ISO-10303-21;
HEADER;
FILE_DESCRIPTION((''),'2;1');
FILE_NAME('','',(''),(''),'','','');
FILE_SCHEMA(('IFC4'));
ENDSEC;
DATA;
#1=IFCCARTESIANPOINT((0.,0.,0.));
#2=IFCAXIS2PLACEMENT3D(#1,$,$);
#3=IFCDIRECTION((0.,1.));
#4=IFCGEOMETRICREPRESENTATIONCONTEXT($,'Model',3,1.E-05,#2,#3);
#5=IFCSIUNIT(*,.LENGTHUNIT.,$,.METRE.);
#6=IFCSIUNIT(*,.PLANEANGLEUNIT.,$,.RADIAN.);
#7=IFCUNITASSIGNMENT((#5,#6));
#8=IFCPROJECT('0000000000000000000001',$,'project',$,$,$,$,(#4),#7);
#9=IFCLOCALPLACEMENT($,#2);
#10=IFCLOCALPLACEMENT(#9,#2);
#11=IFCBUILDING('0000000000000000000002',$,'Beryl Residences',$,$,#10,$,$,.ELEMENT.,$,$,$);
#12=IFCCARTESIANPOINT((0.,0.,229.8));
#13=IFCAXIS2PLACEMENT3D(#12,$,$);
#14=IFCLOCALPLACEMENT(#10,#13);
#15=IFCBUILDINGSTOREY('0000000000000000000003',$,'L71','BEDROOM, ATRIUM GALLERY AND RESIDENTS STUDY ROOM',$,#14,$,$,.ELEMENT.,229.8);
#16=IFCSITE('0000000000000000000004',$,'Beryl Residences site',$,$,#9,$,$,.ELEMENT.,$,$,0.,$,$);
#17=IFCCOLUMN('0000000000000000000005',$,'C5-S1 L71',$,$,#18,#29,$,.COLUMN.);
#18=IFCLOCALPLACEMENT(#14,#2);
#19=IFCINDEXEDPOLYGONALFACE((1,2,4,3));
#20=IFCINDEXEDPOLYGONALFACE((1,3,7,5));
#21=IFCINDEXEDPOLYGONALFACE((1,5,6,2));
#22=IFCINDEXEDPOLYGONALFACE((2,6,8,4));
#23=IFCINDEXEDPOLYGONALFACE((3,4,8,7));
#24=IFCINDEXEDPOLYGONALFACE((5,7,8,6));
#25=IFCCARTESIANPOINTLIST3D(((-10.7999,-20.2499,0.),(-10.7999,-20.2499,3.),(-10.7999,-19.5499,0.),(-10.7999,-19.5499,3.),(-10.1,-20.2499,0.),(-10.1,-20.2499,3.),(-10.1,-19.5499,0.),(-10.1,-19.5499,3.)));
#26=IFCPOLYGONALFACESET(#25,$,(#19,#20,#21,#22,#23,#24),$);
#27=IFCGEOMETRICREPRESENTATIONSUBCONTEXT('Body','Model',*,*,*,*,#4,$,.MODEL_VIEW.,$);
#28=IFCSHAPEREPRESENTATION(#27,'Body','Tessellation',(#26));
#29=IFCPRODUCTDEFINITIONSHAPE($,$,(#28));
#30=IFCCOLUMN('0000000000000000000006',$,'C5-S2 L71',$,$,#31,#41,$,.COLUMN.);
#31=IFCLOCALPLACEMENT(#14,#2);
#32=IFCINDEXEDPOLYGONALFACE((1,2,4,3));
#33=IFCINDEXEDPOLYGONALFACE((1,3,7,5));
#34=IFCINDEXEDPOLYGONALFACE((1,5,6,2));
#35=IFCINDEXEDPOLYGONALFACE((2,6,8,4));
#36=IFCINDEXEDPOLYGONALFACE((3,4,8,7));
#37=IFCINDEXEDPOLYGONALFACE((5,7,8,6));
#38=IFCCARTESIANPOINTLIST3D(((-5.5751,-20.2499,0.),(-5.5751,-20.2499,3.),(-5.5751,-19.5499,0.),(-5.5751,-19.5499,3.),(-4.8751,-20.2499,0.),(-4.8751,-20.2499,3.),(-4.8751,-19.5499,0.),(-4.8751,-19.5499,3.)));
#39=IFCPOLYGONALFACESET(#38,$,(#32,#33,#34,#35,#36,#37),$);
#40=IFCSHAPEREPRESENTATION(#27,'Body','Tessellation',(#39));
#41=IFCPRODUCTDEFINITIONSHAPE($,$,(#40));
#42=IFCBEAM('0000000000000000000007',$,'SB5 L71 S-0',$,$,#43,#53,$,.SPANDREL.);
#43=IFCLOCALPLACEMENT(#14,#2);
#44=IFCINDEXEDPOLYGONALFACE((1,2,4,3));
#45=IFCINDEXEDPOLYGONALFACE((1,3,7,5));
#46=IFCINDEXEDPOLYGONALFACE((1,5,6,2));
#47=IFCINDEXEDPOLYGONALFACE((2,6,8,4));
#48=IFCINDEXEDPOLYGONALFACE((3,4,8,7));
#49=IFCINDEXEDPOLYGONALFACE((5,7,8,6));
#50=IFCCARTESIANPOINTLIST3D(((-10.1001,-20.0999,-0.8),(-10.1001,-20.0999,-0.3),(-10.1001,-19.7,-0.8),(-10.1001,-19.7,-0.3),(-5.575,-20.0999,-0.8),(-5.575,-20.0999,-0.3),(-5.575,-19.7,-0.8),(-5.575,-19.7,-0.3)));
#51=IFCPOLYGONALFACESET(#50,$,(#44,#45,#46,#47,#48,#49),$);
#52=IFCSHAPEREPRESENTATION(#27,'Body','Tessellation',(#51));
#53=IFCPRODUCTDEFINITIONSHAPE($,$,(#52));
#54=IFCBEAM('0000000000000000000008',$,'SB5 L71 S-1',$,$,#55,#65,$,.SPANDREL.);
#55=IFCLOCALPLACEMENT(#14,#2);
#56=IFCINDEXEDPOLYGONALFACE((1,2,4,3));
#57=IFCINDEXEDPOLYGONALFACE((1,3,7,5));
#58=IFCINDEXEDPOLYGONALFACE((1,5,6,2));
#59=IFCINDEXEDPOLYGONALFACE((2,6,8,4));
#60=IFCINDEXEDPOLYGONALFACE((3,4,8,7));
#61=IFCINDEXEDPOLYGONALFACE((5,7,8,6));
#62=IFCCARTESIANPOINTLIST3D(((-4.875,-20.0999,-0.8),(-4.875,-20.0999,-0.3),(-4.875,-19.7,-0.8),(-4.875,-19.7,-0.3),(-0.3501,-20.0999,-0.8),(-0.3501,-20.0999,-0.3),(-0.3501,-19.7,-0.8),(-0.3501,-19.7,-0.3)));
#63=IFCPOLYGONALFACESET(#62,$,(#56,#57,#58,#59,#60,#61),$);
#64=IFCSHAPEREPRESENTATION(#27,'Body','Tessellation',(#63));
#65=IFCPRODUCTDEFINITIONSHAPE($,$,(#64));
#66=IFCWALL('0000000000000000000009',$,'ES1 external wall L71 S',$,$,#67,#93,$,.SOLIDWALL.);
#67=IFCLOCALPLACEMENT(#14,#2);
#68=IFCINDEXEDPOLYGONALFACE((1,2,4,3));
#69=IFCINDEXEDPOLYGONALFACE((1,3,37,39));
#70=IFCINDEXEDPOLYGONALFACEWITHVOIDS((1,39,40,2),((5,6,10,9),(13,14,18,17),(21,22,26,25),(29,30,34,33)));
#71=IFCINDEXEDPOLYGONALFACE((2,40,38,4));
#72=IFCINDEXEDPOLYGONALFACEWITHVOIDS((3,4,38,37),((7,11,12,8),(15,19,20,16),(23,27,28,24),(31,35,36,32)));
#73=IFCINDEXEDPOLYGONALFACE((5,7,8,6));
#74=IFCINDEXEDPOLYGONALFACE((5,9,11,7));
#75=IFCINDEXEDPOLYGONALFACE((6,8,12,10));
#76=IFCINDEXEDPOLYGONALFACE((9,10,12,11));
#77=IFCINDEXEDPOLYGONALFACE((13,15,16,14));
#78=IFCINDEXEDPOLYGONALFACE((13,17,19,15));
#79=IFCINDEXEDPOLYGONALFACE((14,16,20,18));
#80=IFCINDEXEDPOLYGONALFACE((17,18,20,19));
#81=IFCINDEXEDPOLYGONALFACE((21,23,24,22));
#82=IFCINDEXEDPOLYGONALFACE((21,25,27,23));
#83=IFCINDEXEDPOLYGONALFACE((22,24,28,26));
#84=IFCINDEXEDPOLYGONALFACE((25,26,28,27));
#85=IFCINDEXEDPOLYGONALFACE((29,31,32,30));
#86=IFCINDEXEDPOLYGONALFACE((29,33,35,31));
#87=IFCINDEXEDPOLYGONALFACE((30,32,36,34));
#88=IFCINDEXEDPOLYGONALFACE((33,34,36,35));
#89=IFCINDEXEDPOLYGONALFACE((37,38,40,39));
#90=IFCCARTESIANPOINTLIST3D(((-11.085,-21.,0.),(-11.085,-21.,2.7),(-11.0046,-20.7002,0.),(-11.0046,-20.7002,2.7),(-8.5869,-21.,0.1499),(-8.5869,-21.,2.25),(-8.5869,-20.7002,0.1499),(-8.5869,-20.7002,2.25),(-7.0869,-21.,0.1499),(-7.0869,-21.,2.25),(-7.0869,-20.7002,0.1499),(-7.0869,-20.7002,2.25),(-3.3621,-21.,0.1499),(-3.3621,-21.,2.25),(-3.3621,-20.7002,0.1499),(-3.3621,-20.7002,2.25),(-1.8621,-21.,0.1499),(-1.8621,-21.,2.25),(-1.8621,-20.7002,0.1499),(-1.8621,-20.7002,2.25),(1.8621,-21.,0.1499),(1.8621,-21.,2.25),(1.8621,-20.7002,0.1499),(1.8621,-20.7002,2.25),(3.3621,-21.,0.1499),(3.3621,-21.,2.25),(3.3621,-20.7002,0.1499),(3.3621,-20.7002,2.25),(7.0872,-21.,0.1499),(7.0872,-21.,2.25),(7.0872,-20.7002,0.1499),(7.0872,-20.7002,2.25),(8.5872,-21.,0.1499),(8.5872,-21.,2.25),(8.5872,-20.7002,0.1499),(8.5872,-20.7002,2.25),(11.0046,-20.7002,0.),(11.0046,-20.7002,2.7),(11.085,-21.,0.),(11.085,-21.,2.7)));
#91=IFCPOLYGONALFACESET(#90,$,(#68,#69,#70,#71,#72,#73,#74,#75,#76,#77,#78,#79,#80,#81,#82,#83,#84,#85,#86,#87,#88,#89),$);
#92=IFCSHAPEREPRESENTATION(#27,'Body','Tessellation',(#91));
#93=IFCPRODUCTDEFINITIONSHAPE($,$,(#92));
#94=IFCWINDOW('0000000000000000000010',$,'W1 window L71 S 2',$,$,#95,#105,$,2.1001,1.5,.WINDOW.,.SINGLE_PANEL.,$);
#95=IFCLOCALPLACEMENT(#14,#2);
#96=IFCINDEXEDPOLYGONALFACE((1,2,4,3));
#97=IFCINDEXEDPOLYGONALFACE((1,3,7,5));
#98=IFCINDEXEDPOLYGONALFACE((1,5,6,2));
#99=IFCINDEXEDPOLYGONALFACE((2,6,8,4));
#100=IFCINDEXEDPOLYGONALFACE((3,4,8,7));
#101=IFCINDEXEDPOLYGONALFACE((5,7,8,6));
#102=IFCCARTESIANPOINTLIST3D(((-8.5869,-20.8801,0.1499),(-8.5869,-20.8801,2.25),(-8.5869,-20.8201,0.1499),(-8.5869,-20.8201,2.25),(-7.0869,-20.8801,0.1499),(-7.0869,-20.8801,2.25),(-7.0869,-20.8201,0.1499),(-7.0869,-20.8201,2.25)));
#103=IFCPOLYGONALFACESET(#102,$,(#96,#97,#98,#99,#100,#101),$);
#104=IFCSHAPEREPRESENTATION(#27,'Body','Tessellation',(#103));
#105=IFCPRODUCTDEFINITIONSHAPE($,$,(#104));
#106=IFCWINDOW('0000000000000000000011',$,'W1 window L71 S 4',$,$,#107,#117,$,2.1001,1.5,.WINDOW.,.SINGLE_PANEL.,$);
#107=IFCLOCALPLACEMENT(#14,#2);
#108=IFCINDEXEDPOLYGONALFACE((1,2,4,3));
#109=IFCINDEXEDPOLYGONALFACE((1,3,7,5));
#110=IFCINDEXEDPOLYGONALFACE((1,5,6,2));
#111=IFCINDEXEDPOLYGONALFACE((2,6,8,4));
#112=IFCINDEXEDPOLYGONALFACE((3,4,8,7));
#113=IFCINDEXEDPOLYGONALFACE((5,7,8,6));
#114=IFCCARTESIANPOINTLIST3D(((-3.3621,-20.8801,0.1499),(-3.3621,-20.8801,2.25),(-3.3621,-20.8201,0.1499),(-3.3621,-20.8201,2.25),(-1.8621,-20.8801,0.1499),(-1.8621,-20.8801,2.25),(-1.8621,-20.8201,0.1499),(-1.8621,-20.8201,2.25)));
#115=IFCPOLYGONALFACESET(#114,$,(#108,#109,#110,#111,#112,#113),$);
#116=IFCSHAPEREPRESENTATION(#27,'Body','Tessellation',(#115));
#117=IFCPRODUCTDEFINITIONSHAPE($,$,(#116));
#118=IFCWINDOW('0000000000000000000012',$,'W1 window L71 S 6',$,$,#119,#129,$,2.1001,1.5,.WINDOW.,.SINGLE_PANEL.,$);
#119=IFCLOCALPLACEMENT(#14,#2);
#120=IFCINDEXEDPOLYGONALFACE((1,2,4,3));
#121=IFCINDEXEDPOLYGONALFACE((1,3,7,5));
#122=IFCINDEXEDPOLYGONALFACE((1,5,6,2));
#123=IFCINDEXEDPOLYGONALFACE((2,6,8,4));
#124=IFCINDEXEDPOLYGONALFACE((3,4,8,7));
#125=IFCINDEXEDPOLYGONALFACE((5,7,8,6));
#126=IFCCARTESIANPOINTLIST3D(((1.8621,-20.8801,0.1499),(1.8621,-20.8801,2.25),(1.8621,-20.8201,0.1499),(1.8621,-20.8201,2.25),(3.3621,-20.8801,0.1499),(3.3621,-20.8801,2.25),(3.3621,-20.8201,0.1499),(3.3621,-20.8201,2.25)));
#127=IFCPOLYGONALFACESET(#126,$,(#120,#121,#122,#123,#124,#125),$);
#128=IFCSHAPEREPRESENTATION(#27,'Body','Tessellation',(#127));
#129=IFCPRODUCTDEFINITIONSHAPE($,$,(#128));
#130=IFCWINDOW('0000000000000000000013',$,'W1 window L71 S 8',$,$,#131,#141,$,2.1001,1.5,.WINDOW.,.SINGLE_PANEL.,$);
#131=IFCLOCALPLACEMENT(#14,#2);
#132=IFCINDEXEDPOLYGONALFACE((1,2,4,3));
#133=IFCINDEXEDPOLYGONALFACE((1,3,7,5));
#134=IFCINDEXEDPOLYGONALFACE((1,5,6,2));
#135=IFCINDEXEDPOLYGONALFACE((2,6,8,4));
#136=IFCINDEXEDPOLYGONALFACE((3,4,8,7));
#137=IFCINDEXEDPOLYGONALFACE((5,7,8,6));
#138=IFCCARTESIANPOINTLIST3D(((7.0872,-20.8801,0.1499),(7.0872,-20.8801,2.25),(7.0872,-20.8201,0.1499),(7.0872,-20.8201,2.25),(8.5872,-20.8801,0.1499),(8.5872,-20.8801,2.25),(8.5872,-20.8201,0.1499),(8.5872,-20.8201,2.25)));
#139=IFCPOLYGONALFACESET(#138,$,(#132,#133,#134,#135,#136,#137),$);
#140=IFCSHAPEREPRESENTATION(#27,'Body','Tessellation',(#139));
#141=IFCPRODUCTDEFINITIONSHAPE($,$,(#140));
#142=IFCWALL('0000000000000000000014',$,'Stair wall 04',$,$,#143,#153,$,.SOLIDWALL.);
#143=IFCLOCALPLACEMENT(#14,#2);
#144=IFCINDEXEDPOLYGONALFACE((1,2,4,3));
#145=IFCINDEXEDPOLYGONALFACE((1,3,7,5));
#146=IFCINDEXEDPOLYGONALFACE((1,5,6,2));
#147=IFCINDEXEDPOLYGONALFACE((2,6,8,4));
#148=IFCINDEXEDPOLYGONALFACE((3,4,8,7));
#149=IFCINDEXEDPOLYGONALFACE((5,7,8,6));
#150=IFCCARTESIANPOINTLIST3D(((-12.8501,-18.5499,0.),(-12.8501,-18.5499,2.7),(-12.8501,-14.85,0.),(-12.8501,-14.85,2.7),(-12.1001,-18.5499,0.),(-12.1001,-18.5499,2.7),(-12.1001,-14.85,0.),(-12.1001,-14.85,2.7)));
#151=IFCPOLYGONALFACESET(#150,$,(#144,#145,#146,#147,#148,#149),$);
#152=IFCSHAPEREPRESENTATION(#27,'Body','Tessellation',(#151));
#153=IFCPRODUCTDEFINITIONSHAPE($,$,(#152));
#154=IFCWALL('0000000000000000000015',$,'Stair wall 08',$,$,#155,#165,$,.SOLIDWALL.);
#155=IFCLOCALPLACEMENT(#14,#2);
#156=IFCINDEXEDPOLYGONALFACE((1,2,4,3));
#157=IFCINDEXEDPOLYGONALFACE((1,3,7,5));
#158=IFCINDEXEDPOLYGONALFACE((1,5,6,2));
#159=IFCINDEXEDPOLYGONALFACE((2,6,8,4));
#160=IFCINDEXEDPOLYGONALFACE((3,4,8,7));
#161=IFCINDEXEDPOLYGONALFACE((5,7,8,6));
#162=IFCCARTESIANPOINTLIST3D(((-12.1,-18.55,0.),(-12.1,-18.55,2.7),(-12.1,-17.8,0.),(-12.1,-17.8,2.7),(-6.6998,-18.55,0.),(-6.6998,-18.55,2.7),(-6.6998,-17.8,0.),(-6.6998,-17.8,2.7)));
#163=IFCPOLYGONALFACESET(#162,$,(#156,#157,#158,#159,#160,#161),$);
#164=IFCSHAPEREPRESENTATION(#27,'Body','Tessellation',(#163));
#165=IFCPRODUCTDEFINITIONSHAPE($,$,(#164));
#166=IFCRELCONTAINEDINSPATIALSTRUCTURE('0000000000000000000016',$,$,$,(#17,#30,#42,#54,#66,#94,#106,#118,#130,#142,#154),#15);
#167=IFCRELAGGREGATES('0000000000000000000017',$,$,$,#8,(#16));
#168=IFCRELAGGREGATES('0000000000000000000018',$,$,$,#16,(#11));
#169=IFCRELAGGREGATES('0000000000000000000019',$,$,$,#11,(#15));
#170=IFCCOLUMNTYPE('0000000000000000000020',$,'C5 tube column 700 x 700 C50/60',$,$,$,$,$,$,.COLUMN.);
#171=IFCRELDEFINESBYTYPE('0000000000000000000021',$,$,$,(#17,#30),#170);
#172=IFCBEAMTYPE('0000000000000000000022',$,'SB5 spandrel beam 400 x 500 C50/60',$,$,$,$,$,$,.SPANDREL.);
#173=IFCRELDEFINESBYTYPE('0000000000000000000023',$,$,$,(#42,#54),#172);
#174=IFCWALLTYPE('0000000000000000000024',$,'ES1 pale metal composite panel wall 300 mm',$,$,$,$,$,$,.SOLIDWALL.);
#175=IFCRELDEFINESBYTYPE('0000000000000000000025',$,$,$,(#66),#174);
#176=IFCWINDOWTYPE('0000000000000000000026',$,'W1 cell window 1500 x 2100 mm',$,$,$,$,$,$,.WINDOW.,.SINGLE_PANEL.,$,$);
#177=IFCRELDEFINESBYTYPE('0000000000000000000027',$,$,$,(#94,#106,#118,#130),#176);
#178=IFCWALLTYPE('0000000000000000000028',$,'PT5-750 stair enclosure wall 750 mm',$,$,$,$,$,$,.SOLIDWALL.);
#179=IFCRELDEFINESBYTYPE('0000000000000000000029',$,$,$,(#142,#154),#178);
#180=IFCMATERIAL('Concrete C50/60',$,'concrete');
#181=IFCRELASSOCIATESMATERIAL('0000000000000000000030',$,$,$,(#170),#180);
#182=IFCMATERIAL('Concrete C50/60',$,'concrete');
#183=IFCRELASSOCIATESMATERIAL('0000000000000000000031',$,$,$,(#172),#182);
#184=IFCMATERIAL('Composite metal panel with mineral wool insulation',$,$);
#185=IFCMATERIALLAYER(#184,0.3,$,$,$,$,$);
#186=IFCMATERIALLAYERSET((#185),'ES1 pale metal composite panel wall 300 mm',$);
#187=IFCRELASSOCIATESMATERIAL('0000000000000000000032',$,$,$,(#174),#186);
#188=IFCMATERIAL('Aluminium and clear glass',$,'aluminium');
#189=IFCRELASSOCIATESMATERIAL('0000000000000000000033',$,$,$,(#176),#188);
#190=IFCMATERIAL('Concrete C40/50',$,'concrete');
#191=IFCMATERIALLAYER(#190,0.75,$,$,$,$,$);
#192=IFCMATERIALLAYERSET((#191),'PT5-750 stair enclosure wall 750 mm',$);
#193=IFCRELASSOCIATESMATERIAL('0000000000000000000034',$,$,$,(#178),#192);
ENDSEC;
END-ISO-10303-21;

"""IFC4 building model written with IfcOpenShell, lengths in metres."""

from ifc_helpers import new_model, si_unit, direction, frame, frame_2d, origin, origin_2d, place, context, subcontext, project, spatial, polyline, rectangle, outline, extrude, material, layer, layer_set, material_profile, profile_set, type_object, element, fill, save


model = new_model("IFC4")

# Units and contexts
model_context = context("Model", 3, precision=1e-05, world=origin(), true_north=direction((0.0, 1.0)))
body_context = subcontext(model_context, "Body", "Model", "MODEL_VIEW")
ifc_project = project(units=[si_unit("LENGTHUNIT", "METRE"), si_unit("PLANEANGLEUNIT", "RADIAN")], contexts=[model_context])

# Site, building, storey
site_placement = place(None, origin())
site = spatial("IfcSite", under=ifc_project, at=site_placement, Name="Beryl Residences site", CompositionType="ELEMENT", RefElevation=0.0)
building_placement = place(site_placement, origin())
building = spatial("IfcBuilding", under=site, at=building_placement, Name="Beryl Residences", CompositionType="ELEMENT")
storey_placement = place(building_placement, frame((0.0, 0.0, 229.8)))
storey = spatial("IfcBuildingStorey", under=building, at=storey_placement, Name="L71", Description="BEDROOM, ATRIUM GALLERY AND RESIDENTS STUDY ROOM", CompositionType="ELEMENT", Elevation=229.8)

# Columns
ifc_material_1 = material(Name="Concrete C50/60", Category="concrete")
ifc_material_profile_1 = material_profile(ifc_material_1, rectangle(XDim=0.7, YDim=0.7, at=origin_2d()))
ifc_profile_set_1 = profile_set([ifc_material_profile_1], Name="Concrete C50/60")
column_type = type_object("IfcColumnType", Name="C5 tube column 700 x 700 C50/60", PredefinedType="COLUMN", material=ifc_profile_set_1)
for number, where, z_axis, x_axis, name in (
    (1, (-10.45, -19.8999, 0.0), (0.0, 0.0, 1.0), (1.0, 0.0, 0.0), "C5-S1 L71"),
    (2, (-5.2251, -19.8999, 0.0), (0.0, 0.0, 1.0), (1.0, 0.0, 0.0), "C5-S2 L71"),
):
    element("IfcColumn", number, at=place(storey_placement, frame(where, z_axis=z_axis, x_axis=x_axis)), inside=storey, type_object=column_type, Name=name, PredefinedType="COLUMN", context=body_context, shape_type="SweptSolid", body=[
        extrude(rectangle(XDim=0.7, YDim=0.7, at=origin_2d()), origin(), (0.0, 0.0, 1.0), 3.0),
    ])

# Beams
ifc_material_2 = material(Name="Concrete C50/60", Category="concrete")
ifc_material_profile_2 = material_profile(ifc_material_2, rectangle(XDim=0.3999, YDim=0.5, at=origin_2d()))
ifc_profile_set_2 = profile_set([ifc_material_profile_2], Name="Concrete C50/60")
beam_type = type_object("IfcBeamType", Name="SB5 spandrel beam 400 x 500 C50/60", PredefinedType="SPANDREL", material=ifc_profile_set_2)
beam_1_placement = place(storey_placement, frame((-10.1001, -19.8999, -0.55), z_axis=(1.0, 0.0, 0.0), x_axis=(0.0, 1.0, 0.0)))
element("IfcBeam", 3, at=beam_1_placement, inside=storey, type_object=beam_type, Name="SB5 L71 S-0", PredefinedType="SPANDREL", context=body_context, shape_type="SweptSolid", body=[
    extrude(rectangle(XDim=0.3999, YDim=0.5, at=origin_2d()), origin(), (0.0, 0.0, 1.0), 4.5251),
])
beam_2_placement = place(storey_placement, frame((-4.875, -19.8999, -0.55), z_axis=(1.0, 0.0, 0.0), x_axis=(0.0, 1.0, 0.0)))
element("IfcBeam", 4, at=beam_2_placement, inside=storey, type_object=beam_type, Name="SB5 L71 S-1", PredefinedType="SPANDREL", context=body_context, shape_type="SweptSolid", body=[
    extrude(rectangle(XDim=0.3999, YDim=0.5, at=origin_2d()), origin(), (0.0, 0.0, 1.0), 4.5249),
])

# Wall, openings, windows
ifc_material_3 = material(Name="Composite metal panel with mineral wool insulation")
ifc_layer_1 = layer(ifc_material_3, 0.3)
ifc_layer_set_1 = layer_set([ifc_layer_1], Name="ES1 pale metal composite panel wall 300 mm")
wall_type_1 = type_object("IfcWallType", Name="ES1 pale metal composite panel wall 300 mm", PredefinedType="SOLIDWALL", material=ifc_layer_set_1)
wall_1_placement = place(storey_placement, frame((-11.085, -20.8501, 0.0), z_axis=(0.0, 0.0, 1.0), x_axis=(1.0, 0.0, 0.0)))
wall_1 = element("IfcWall", 5, at=wall_1_placement, inside=storey, type_object=wall_type_1, Name="ES1 external wall L71 S", PredefinedType="SOLIDWALL", context=body_context, shape_type="SweptSolid", body=[
    extrude(outline(polyline([(0.0, -0.1499), (22.1699, -0.1499), (22.0896, 0.1499), (0.0803, 0.1499), (0.0, -0.1499)])), origin(), (0.0, 0.0, 1.0), 2.7),
])
opening_1_placement = place(wall_1_placement, frame((2.498, 0.0, 0.1499)))
opening_1 = element("IfcOpeningElement", 6, at=opening_1_placement, cuts=wall_1, PredefinedType="OPENING", context=body_context, shape_type="SweptSolid", body=[
    extrude(rectangle(XDim=1.5, YDim=2.1001, at=frame_2d((0.75, 1.05))), frame((0.0, 0.1599, 0.0), z_axis=(0.0, -1.0, 0.0), x_axis=(1.0, 0.0, 0.0)), (0.0, 0.0, 1.0), 0.3201),
])
opening_2_placement = place(wall_1_placement, frame((7.7229, 0.0, 0.1499)))
opening_2 = element("IfcOpeningElement", 7, at=opening_2_placement, cuts=wall_1, PredefinedType="OPENING", context=body_context, shape_type="SweptSolid", body=[
    extrude(rectangle(XDim=1.5, YDim=2.1001, at=frame_2d((0.75, 1.05))), frame((0.0, 0.1599, 0.0), z_axis=(0.0, -1.0, 0.0), x_axis=(1.0, 0.0, 0.0)), (0.0, 0.0, 1.0), 0.3201),
])
opening_3_placement = place(wall_1_placement, frame((12.947, 0.0, 0.1499)))
opening_3 = element("IfcOpeningElement", 8, at=opening_3_placement, cuts=wall_1, PredefinedType="OPENING", context=body_context, shape_type="SweptSolid", body=[
    extrude(rectangle(XDim=1.5, YDim=2.1001, at=frame_2d((0.75, 1.05))), frame((0.0, 0.1599, 0.0), z_axis=(0.0, -1.0, 0.0), x_axis=(1.0, 0.0, 0.0)), (0.0, 0.0, 1.0), 0.3201),
])
opening_4_placement = place(wall_1_placement, frame((18.1721, 0.0, 0.1499)))
opening_4 = element("IfcOpeningElement", 9, at=opening_4_placement, cuts=wall_1, PredefinedType="OPENING", context=body_context, shape_type="SweptSolid", body=[
    extrude(rectangle(XDim=1.5, YDim=2.1001, at=frame_2d((0.75, 1.05))), frame((0.0, 0.1599, 0.0), z_axis=(0.0, -1.0, 0.0), x_axis=(1.0, 0.0, 0.0)), (0.0, 0.0, 1.0), 0.3201),
])
ifc_material_4 = material(Name="Aluminium and clear glass", Category="aluminium")
window_type = type_object("IfcWindowType", Name="W1 cell window 1500 x 2100 mm", PartitioningType="SINGLE_PANEL", PredefinedType="WINDOW", material=ifc_material_4)
window_1_placement = place(opening_1_placement, origin())
window_1 = element("IfcWindow", 10, at=window_1_placement, inside=storey, type_object=window_type, Name="W1 window L71 S 2", OverallHeight=2.1001, OverallWidth=1.5, PartitioningType="SINGLE_PANEL", PredefinedType="WINDOW", context=body_context, shape_type="SweptSolid", body=[
    extrude(rectangle(XDim=1.5, YDim=2.1001, at=frame_2d((0.75, 1.05))), frame((0.0, 0.03, 0.0), z_axis=(0.0, -1.0, 0.0), x_axis=(1.0, 0.0, 0.0)), (0.0, 0.0, 1.0), 0.0601),
])
fill(opening_1, window_1)
window_2_placement = place(opening_2_placement, origin())
window_2 = element("IfcWindow", 11, at=window_2_placement, inside=storey, type_object=window_type, Name="W1 window L71 S 4", OverallHeight=2.1001, OverallWidth=1.5, PartitioningType="SINGLE_PANEL", PredefinedType="WINDOW", context=body_context, shape_type="SweptSolid", body=[
    extrude(rectangle(XDim=1.5, YDim=2.1001, at=frame_2d((0.75, 1.05))), frame((0.0, 0.03, 0.0), z_axis=(0.0, -1.0, 0.0), x_axis=(1.0, 0.0, 0.0)), (0.0, 0.0, 1.0), 0.0601),
])
fill(opening_2, window_2)
window_3_placement = place(opening_3_placement, origin())
window_3 = element("IfcWindow", 12, at=window_3_placement, inside=storey, type_object=window_type, Name="W1 window L71 S 6", OverallHeight=2.1001, OverallWidth=1.5, PartitioningType="SINGLE_PANEL", PredefinedType="WINDOW", context=body_context, shape_type="SweptSolid", body=[
    extrude(rectangle(XDim=1.5, YDim=2.1001, at=frame_2d((0.75, 1.05))), frame((0.0, 0.03, 0.0), z_axis=(0.0, -1.0, 0.0), x_axis=(1.0, 0.0, 0.0)), (0.0, 0.0, 1.0), 0.0601),
])
fill(opening_3, window_3)
window_4_placement = place(opening_4_placement, origin())
window_4 = element("IfcWindow", 13, at=window_4_placement, inside=storey, type_object=window_type, Name="W1 window L71 S 8", OverallHeight=2.1001, OverallWidth=1.5, PartitioningType="SINGLE_PANEL", PredefinedType="WINDOW", context=body_context, shape_type="SweptSolid", body=[
    extrude(rectangle(XDim=1.5, YDim=2.1001, at=frame_2d((0.75, 1.05))), frame((0.0, 0.03, 0.0), z_axis=(0.0, -1.0, 0.0), x_axis=(1.0, 0.0, 0.0)), (0.0, 0.0, 1.0), 0.0601),
])
fill(opening_4, window_4)

# Walls
ifc_material_5 = material(Name="Concrete C40/50", Category="concrete")
ifc_layer_2 = layer(ifc_material_5, 0.75)
ifc_layer_set_2 = layer_set([ifc_layer_2], Name="PT5-750 stair enclosure wall 750 mm")
wall_type_2 = type_object("IfcWallType", Name="PT5-750 stair enclosure wall 750 mm", PredefinedType="SOLIDWALL", material=ifc_layer_set_2)
wall_2_placement = place(storey_placement, frame((-12.4751, -18.55, 0.0), z_axis=(0.0, 0.0, 1.0), x_axis=(0.0, 1.0, 0.0)))
element("IfcWall", 14, at=wall_2_placement, inside=storey, type_object=wall_type_2, Name="Stair wall 04", PredefinedType="SOLIDWALL", context=body_context, shape_type="SweptSolid", body=[
    extrude(rectangle(XDim=3.7, YDim=0.75, at=frame_2d((1.8501, 0.0))), origin(), (0.0, 0.0, 1.0), 2.7),
])
wall_3_placement = place(storey_placement, frame((-12.1001, -18.175, 0.0), z_axis=(0.0, 0.0, 1.0), x_axis=(1.0, 0.0, 0.0)))
element("IfcWall", 15, at=wall_3_placement, inside=storey, type_object=wall_type_2, Name="Stair wall 08", PredefinedType="SOLIDWALL", context=body_context, shape_type="SweptSolid", body=[
    extrude(rectangle(XDim=5.4001, YDim=0.75, at=frame_2d((2.7002, 0.0))), origin(), (0.0, 0.0, 1.0), 2.7),
])

save(model, "model.ifc")
